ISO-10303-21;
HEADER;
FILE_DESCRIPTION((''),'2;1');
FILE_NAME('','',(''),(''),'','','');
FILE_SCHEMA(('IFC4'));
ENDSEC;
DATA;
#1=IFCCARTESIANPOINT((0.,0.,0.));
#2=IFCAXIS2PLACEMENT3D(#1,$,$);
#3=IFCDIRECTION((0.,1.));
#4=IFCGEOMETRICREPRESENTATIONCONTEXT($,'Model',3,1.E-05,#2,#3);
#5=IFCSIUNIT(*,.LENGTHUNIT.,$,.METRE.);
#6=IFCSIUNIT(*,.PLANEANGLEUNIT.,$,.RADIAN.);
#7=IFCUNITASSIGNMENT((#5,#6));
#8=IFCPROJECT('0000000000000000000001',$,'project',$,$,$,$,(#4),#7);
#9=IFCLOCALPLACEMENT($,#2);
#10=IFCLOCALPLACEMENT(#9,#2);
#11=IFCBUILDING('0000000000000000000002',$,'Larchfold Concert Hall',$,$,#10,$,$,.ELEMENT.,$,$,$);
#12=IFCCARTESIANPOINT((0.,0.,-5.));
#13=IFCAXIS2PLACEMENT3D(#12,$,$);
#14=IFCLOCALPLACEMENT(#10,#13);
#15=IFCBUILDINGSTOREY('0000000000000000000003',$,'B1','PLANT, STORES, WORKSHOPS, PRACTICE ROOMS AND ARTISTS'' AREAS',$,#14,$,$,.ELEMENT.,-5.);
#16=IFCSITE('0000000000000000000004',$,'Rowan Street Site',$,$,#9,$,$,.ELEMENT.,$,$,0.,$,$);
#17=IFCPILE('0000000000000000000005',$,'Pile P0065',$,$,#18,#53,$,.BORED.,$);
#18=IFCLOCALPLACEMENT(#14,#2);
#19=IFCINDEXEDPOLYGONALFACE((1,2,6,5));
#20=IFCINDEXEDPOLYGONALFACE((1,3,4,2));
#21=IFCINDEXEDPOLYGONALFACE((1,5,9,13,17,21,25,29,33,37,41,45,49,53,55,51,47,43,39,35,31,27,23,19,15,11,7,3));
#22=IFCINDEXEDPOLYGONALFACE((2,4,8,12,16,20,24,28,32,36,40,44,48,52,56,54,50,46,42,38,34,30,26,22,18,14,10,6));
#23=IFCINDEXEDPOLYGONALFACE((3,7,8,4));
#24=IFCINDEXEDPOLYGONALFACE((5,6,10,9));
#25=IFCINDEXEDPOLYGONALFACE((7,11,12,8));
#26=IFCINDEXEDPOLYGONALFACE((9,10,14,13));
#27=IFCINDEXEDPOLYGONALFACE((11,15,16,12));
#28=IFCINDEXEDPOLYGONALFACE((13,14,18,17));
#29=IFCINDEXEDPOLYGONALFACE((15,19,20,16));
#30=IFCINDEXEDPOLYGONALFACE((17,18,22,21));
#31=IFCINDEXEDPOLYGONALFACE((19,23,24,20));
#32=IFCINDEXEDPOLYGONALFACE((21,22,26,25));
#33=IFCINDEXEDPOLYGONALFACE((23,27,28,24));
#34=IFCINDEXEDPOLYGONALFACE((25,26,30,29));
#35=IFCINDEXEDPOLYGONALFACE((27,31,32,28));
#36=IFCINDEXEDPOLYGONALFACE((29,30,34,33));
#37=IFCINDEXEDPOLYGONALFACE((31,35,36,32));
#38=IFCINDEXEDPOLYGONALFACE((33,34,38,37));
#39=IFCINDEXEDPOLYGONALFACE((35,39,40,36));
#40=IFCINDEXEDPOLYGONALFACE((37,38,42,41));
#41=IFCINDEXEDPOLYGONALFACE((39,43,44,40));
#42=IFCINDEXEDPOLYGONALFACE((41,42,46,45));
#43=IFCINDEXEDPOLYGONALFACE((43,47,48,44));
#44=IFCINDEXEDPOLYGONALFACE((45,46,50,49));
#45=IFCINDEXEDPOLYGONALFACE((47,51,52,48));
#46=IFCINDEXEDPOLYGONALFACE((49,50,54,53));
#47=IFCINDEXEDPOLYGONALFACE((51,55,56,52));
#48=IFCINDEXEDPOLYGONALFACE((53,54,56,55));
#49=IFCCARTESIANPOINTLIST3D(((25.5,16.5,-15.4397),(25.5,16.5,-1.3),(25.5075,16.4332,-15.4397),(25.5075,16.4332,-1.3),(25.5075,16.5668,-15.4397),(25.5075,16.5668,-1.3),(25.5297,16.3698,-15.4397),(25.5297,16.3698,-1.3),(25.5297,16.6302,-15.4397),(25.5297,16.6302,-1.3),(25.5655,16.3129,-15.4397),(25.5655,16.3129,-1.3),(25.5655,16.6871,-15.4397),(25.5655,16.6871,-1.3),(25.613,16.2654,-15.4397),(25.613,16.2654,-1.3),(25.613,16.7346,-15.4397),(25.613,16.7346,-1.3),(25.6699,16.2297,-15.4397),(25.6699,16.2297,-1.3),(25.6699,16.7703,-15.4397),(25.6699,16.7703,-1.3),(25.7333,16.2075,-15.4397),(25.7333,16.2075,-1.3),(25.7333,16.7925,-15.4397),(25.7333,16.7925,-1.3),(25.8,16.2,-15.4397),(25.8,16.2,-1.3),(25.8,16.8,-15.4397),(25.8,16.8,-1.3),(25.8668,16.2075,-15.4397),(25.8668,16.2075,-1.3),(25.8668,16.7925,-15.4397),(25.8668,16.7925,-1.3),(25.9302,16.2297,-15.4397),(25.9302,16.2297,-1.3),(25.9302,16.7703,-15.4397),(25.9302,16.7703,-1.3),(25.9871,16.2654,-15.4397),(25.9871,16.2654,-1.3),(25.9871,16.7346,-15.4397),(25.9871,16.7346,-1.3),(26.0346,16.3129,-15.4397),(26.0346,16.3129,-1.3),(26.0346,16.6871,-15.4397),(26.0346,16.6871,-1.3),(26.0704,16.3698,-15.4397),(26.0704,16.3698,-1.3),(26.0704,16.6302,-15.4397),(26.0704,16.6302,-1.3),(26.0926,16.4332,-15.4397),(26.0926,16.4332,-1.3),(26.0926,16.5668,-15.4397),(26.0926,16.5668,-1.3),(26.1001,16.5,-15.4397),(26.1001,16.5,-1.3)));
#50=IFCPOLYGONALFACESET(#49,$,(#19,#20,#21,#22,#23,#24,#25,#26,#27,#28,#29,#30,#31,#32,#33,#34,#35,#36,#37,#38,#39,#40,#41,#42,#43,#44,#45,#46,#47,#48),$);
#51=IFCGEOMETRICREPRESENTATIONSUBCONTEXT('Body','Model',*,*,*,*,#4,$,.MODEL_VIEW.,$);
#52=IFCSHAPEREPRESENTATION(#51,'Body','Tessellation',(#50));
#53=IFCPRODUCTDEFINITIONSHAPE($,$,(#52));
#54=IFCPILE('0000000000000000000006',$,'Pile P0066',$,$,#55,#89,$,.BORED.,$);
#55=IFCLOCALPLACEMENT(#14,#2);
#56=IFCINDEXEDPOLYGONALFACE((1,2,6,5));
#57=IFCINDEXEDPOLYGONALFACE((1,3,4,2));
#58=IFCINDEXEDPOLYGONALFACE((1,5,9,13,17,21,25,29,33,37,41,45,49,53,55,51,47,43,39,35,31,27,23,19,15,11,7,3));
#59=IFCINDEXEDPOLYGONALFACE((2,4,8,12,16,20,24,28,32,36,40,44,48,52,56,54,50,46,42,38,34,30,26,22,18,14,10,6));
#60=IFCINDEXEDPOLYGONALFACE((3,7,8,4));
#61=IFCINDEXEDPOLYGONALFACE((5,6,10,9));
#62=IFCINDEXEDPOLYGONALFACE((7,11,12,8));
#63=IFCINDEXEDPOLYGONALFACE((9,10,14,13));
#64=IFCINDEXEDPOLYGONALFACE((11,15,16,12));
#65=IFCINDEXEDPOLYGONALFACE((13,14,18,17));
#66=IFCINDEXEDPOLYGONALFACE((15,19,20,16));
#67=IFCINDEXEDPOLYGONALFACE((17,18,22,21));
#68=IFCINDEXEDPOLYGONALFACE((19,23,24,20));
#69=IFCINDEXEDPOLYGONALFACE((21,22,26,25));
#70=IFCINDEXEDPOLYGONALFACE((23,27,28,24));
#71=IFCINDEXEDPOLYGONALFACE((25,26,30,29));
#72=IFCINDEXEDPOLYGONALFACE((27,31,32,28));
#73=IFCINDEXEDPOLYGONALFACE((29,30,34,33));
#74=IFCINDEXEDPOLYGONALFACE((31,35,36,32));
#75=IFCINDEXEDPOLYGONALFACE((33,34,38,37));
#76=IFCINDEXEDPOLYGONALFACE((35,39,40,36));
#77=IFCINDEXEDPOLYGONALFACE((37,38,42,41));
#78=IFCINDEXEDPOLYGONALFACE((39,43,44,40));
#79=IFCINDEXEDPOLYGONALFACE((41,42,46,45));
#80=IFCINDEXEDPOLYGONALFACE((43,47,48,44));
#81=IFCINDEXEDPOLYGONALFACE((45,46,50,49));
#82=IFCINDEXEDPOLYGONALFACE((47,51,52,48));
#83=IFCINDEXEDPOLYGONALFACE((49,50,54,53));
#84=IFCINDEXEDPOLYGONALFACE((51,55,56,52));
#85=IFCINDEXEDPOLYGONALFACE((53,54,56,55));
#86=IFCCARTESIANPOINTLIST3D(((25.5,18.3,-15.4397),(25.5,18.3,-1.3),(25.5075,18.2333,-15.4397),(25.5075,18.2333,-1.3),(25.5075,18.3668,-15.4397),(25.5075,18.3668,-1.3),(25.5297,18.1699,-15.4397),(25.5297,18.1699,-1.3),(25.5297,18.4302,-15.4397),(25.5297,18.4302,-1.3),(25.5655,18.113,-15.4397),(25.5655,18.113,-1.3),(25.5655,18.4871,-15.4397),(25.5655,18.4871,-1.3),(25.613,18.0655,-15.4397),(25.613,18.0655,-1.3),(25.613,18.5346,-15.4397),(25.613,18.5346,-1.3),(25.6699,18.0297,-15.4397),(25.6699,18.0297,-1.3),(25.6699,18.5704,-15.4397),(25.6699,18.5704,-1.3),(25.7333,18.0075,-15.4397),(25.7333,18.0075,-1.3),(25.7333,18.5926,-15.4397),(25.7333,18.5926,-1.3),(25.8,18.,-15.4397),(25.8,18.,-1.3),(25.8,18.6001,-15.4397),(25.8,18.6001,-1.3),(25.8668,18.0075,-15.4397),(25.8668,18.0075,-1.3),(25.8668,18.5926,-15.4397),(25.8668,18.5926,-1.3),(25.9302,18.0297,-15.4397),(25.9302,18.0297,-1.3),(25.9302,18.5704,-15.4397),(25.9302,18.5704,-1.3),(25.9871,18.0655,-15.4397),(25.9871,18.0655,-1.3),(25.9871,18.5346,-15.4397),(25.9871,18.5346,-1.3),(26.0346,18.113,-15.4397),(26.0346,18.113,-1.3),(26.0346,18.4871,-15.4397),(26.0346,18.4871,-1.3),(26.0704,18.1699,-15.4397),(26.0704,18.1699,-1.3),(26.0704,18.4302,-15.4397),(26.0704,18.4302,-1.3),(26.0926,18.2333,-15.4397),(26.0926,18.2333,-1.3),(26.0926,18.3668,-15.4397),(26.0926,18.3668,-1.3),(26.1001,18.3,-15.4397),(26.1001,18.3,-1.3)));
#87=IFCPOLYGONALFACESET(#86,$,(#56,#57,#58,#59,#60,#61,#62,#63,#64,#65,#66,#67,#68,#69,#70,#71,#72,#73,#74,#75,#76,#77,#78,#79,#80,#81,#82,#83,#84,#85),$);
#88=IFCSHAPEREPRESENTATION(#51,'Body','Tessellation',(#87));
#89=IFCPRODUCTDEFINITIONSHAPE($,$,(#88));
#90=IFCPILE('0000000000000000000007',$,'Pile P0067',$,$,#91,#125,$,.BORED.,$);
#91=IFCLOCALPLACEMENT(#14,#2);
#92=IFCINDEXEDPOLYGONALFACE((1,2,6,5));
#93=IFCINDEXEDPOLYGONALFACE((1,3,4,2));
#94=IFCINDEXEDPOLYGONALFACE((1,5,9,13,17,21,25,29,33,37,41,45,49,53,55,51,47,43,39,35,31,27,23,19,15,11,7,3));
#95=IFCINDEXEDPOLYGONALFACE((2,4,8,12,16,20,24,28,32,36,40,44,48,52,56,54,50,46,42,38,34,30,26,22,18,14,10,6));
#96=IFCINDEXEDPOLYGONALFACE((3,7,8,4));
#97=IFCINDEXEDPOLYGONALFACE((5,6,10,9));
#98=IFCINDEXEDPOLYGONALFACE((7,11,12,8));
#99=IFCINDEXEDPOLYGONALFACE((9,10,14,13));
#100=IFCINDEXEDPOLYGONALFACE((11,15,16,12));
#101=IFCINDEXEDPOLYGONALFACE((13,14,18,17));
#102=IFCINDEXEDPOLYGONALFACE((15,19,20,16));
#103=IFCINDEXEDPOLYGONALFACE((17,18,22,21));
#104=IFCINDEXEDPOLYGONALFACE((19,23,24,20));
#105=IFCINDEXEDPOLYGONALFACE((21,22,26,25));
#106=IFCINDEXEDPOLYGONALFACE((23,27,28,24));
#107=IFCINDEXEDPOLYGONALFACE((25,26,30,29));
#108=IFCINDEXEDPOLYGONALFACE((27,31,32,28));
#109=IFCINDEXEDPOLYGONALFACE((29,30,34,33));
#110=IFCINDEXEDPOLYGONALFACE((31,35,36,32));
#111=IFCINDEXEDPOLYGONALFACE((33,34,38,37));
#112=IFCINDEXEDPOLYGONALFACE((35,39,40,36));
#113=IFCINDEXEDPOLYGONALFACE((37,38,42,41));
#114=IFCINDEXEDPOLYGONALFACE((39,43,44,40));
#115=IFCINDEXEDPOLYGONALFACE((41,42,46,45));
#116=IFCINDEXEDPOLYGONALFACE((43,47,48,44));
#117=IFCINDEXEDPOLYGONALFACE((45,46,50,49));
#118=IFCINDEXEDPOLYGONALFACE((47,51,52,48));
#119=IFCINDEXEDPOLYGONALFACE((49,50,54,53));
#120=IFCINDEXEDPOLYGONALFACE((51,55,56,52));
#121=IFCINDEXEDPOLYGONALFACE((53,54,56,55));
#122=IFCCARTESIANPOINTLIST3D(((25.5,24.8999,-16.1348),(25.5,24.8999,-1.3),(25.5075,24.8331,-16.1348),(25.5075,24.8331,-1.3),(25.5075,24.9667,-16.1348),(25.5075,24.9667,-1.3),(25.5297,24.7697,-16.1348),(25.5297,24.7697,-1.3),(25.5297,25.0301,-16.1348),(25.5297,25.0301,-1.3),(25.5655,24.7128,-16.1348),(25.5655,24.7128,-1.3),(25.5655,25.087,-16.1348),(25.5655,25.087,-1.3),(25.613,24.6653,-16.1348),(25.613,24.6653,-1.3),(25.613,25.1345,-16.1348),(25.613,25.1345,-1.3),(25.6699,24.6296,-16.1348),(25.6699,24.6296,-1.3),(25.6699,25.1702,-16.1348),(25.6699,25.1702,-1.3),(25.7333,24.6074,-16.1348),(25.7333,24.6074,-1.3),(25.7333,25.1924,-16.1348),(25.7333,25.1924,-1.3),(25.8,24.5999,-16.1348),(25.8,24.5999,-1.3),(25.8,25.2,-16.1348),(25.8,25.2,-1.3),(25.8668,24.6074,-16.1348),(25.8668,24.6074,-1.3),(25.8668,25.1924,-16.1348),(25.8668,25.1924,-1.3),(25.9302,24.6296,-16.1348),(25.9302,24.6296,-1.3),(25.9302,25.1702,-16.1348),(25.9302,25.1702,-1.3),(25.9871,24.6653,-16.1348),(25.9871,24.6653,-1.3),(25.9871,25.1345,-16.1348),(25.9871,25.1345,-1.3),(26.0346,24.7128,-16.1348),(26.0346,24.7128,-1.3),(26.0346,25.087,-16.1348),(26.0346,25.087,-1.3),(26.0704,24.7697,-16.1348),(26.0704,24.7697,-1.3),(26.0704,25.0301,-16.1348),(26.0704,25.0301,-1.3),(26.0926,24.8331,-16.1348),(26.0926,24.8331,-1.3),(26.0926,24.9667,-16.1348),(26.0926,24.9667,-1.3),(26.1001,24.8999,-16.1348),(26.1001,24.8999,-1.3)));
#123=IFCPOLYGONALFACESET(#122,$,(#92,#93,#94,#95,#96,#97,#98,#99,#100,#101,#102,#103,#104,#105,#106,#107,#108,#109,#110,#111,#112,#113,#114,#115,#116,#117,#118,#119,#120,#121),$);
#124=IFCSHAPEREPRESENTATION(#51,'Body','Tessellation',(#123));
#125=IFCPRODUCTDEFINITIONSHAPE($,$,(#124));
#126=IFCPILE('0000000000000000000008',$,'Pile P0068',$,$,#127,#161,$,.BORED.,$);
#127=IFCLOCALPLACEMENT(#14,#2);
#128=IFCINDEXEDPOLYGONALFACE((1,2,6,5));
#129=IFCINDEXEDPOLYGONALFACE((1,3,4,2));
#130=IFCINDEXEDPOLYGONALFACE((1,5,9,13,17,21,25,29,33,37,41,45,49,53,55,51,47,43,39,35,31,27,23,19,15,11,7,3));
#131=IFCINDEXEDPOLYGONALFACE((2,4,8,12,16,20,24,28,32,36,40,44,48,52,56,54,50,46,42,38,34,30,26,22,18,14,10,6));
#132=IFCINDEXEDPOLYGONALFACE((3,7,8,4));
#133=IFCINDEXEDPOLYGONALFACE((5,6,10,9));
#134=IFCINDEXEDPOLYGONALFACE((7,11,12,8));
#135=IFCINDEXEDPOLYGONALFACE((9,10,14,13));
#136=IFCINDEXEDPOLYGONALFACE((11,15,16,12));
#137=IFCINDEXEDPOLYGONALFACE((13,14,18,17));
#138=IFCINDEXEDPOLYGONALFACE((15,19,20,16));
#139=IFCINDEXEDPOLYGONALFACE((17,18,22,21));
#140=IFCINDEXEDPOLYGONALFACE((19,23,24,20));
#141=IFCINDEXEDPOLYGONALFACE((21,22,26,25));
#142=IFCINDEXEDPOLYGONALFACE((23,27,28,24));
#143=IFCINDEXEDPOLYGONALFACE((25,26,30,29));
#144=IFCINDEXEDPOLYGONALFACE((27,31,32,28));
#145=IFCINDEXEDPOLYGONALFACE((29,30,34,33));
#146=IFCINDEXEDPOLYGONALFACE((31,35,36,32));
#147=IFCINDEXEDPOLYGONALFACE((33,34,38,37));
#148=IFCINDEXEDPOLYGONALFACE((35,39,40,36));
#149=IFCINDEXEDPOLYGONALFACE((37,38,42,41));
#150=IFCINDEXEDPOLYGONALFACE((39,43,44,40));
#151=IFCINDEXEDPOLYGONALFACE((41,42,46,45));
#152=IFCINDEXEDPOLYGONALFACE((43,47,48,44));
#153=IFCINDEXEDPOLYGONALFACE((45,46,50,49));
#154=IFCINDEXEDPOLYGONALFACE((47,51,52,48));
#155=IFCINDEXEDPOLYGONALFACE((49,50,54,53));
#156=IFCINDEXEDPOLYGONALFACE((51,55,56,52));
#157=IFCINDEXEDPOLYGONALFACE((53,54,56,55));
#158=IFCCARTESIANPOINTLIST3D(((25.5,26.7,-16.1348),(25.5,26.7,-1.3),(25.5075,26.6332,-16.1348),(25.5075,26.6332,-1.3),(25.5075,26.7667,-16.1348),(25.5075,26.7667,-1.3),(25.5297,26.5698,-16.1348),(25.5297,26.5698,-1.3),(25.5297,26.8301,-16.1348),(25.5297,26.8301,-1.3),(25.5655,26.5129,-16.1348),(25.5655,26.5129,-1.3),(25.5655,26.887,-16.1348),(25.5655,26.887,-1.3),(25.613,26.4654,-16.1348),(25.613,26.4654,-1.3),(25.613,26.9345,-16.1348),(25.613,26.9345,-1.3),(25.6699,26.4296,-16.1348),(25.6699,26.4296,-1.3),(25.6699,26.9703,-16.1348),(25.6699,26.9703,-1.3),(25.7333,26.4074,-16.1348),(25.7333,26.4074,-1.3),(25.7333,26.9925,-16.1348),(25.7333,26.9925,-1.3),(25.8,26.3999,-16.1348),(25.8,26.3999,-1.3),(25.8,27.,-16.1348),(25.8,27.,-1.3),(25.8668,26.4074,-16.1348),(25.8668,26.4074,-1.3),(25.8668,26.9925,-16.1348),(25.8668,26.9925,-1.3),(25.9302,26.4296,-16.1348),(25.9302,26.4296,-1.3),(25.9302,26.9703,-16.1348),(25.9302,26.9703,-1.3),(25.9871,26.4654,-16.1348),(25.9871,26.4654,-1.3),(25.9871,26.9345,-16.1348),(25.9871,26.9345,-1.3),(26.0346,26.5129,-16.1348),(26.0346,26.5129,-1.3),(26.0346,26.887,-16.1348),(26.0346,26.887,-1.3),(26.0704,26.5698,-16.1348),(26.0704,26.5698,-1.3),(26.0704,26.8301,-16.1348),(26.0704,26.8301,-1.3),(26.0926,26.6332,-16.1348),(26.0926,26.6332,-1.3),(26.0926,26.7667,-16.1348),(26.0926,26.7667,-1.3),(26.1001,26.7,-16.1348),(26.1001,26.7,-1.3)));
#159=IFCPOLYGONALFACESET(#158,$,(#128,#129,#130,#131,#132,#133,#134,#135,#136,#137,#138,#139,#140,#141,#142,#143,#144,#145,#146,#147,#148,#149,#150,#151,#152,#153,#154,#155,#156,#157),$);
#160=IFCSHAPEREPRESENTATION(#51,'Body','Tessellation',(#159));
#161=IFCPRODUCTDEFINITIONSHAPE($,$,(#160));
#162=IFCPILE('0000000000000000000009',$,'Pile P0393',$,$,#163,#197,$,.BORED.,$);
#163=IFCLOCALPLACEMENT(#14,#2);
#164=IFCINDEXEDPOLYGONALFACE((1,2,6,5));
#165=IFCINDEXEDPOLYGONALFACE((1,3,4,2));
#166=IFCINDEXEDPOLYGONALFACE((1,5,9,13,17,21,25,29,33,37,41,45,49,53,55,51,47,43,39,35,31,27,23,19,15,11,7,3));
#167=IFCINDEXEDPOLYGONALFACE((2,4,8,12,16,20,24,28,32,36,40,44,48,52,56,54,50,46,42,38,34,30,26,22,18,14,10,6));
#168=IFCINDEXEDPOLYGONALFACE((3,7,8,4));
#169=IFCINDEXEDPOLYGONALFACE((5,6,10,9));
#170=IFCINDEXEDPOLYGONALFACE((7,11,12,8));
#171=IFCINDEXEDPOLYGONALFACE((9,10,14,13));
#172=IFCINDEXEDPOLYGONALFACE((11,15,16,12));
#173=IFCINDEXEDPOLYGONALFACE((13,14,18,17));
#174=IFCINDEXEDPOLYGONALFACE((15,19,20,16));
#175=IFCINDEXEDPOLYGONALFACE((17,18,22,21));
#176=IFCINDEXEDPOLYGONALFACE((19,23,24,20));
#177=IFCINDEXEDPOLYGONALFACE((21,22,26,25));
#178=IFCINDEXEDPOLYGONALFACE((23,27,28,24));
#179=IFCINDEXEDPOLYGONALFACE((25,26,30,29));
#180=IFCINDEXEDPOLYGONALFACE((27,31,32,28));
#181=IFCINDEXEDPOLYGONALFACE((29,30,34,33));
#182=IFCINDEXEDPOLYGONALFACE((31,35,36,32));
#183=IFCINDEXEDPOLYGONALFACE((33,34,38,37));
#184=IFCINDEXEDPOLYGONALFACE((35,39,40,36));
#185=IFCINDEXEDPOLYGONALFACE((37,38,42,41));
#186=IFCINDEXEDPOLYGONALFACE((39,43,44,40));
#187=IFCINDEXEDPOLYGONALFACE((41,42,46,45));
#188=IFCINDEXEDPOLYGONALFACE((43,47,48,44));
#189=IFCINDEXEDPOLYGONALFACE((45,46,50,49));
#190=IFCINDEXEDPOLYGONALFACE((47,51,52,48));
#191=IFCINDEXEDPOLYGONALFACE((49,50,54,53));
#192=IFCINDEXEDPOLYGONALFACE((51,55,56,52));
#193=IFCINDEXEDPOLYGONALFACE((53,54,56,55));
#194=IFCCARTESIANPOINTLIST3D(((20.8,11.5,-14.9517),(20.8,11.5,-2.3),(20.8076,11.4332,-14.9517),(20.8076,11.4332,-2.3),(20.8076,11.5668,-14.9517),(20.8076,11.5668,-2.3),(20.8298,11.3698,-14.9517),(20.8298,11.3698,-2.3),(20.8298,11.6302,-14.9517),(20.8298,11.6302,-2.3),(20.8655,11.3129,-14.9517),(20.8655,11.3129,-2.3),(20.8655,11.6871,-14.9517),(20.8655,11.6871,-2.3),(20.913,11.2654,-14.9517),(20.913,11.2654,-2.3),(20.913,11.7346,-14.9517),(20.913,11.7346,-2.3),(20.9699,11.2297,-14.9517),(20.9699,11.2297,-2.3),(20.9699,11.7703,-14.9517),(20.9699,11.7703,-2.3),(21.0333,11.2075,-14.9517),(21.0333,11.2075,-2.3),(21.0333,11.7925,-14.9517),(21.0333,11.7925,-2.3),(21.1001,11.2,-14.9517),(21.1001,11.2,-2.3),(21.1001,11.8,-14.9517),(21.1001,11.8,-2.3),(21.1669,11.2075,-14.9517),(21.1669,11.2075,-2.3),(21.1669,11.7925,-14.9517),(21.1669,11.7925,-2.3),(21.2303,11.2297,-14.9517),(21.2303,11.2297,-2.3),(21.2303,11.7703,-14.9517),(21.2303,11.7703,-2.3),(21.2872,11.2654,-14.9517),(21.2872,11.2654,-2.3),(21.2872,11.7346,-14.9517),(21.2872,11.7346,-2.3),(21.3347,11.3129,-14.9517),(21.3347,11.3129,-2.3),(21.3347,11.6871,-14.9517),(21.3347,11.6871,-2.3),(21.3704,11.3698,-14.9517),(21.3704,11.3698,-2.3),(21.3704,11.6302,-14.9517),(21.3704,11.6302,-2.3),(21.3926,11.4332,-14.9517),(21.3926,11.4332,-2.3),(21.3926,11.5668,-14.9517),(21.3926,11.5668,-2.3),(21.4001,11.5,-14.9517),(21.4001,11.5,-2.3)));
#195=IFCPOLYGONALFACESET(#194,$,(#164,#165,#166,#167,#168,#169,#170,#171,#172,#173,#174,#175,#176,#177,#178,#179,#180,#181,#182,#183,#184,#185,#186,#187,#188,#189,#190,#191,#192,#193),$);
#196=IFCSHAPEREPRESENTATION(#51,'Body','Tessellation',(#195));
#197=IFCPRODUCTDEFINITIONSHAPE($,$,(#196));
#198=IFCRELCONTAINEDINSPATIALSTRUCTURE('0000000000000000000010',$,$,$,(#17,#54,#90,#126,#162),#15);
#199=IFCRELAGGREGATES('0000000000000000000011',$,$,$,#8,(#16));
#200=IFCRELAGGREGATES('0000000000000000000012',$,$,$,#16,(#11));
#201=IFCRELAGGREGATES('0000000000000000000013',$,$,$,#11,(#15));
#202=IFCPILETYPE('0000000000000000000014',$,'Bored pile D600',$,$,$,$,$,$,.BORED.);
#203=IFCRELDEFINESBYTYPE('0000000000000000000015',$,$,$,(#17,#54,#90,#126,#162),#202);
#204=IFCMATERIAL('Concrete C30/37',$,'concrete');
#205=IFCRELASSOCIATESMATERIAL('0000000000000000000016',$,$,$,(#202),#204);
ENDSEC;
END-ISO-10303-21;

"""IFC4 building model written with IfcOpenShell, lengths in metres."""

from ifc_helpers import new_model, si_unit, direction, frame, origin, origin_2d, place, context, subcontext, project, spatial, circle, extrude, material, material_profile, profile_set, type_object, element, save


model = new_model("IFC4")

# Units and contexts
model_context = context("Model", 3, precision=1e-05, world=origin(), true_north=direction((0.0, 1.0)))
body_context = subcontext(model_context, "Body", "Model", "MODEL_VIEW")
ifc_project = project(units=[si_unit("LENGTHUNIT", "METRE"), si_unit("PLANEANGLEUNIT", "RADIAN")], contexts=[model_context])

# Site, building, storey
site_placement = place(None, origin())
site = spatial("IfcSite", under=ifc_project, at=site_placement, Name="Rowan Street Site", CompositionType="ELEMENT", RefElevation=0.0)
building_placement = place(site_placement, origin())
building = spatial("IfcBuilding", under=site, at=building_placement, Name="Larchfold Concert Hall", CompositionType="ELEMENT")
storey_placement = place(building_placement, frame((0.0, 0.0, -5.0)))
storey = spatial("IfcBuildingStorey", under=building, at=storey_placement, Name="B1", Description="PLANT, STORES, WORKSHOPS, PRACTICE ROOMS AND ARTISTS' AREAS", CompositionType="ELEMENT", Elevation=-5.0)

# Piles
ifc_material_1 = material(Name="Concrete C30/37", Category="concrete")
ifc_material_profile_1 = material_profile(ifc_material_1, circle(Radius=0.3, at=origin_2d()))
ifc_profile_set_1 = profile_set([ifc_material_profile_1], Name="Concrete C30/37")
pile_type_1 = type_object("IfcPileType", Name="Bored pile D600", PredefinedType="BORED", material=ifc_profile_set_1)
for number, where, z_axis, x_axis, name in (
    (1, (25.8, 16.5, -1.3), (0.0, 0.0, -1.0), (1.0, 0.0, 0.0), "Pile P0065"),
    (2, (25.8, 18.3, -1.3), (0.0, 0.0, -1.0), (1.0, 0.0, 0.0), "Pile P0066"),
):
    element("IfcPile", number, at=place(storey_placement, frame(where, z_axis=z_axis, x_axis=x_axis)), inside=storey, type_object=pile_type_1, Name=name, PredefinedType="BORED", context=body_context, shape_type="SweptSolid", body=[
        extrude(circle(Radius=0.3, at=origin_2d()), origin(), (0.0, 0.0, 1.0), 14.1396),
    ])
for number, where, z_axis, x_axis, name in (
    (3, (25.8, 24.8999, -1.3), (0.0, 0.0, -1.0), (1.0, 0.0, 0.0), "Pile P0067"),
    (4, (25.8, 26.7, -1.3), (0.0, 0.0, -1.0), (1.0, 0.0, 0.0), "Pile P0068"),
):
    element("IfcPile", number, at=place(storey_placement, frame(where, z_axis=z_axis, x_axis=x_axis)), inside=storey, type_object=pile_type_1, Name=name, PredefinedType="BORED", context=body_context, shape_type="SweptSolid", body=[
        extrude(circle(Radius=0.3, at=origin_2d()), origin(), (0.0, 0.0, 1.0), 14.8347),
    ])
pile_1_placement = place(storey_placement, frame((21.1001, 11.5, -2.3), z_axis=(0.0, 0.0, -1.0), x_axis=(1.0, 0.0, 0.0)))
element("IfcPile", 5, at=pile_1_placement, inside=storey, type_object=pile_type_1, Name="Pile P0393", PredefinedType="BORED", context=body_context, shape_type="SweptSolid", body=[
    extrude(circle(Radius=0.3, at=origin_2d()), origin(), (0.0, 0.0, 1.0), 12.6516),
])

save(model, "model.ifc")
